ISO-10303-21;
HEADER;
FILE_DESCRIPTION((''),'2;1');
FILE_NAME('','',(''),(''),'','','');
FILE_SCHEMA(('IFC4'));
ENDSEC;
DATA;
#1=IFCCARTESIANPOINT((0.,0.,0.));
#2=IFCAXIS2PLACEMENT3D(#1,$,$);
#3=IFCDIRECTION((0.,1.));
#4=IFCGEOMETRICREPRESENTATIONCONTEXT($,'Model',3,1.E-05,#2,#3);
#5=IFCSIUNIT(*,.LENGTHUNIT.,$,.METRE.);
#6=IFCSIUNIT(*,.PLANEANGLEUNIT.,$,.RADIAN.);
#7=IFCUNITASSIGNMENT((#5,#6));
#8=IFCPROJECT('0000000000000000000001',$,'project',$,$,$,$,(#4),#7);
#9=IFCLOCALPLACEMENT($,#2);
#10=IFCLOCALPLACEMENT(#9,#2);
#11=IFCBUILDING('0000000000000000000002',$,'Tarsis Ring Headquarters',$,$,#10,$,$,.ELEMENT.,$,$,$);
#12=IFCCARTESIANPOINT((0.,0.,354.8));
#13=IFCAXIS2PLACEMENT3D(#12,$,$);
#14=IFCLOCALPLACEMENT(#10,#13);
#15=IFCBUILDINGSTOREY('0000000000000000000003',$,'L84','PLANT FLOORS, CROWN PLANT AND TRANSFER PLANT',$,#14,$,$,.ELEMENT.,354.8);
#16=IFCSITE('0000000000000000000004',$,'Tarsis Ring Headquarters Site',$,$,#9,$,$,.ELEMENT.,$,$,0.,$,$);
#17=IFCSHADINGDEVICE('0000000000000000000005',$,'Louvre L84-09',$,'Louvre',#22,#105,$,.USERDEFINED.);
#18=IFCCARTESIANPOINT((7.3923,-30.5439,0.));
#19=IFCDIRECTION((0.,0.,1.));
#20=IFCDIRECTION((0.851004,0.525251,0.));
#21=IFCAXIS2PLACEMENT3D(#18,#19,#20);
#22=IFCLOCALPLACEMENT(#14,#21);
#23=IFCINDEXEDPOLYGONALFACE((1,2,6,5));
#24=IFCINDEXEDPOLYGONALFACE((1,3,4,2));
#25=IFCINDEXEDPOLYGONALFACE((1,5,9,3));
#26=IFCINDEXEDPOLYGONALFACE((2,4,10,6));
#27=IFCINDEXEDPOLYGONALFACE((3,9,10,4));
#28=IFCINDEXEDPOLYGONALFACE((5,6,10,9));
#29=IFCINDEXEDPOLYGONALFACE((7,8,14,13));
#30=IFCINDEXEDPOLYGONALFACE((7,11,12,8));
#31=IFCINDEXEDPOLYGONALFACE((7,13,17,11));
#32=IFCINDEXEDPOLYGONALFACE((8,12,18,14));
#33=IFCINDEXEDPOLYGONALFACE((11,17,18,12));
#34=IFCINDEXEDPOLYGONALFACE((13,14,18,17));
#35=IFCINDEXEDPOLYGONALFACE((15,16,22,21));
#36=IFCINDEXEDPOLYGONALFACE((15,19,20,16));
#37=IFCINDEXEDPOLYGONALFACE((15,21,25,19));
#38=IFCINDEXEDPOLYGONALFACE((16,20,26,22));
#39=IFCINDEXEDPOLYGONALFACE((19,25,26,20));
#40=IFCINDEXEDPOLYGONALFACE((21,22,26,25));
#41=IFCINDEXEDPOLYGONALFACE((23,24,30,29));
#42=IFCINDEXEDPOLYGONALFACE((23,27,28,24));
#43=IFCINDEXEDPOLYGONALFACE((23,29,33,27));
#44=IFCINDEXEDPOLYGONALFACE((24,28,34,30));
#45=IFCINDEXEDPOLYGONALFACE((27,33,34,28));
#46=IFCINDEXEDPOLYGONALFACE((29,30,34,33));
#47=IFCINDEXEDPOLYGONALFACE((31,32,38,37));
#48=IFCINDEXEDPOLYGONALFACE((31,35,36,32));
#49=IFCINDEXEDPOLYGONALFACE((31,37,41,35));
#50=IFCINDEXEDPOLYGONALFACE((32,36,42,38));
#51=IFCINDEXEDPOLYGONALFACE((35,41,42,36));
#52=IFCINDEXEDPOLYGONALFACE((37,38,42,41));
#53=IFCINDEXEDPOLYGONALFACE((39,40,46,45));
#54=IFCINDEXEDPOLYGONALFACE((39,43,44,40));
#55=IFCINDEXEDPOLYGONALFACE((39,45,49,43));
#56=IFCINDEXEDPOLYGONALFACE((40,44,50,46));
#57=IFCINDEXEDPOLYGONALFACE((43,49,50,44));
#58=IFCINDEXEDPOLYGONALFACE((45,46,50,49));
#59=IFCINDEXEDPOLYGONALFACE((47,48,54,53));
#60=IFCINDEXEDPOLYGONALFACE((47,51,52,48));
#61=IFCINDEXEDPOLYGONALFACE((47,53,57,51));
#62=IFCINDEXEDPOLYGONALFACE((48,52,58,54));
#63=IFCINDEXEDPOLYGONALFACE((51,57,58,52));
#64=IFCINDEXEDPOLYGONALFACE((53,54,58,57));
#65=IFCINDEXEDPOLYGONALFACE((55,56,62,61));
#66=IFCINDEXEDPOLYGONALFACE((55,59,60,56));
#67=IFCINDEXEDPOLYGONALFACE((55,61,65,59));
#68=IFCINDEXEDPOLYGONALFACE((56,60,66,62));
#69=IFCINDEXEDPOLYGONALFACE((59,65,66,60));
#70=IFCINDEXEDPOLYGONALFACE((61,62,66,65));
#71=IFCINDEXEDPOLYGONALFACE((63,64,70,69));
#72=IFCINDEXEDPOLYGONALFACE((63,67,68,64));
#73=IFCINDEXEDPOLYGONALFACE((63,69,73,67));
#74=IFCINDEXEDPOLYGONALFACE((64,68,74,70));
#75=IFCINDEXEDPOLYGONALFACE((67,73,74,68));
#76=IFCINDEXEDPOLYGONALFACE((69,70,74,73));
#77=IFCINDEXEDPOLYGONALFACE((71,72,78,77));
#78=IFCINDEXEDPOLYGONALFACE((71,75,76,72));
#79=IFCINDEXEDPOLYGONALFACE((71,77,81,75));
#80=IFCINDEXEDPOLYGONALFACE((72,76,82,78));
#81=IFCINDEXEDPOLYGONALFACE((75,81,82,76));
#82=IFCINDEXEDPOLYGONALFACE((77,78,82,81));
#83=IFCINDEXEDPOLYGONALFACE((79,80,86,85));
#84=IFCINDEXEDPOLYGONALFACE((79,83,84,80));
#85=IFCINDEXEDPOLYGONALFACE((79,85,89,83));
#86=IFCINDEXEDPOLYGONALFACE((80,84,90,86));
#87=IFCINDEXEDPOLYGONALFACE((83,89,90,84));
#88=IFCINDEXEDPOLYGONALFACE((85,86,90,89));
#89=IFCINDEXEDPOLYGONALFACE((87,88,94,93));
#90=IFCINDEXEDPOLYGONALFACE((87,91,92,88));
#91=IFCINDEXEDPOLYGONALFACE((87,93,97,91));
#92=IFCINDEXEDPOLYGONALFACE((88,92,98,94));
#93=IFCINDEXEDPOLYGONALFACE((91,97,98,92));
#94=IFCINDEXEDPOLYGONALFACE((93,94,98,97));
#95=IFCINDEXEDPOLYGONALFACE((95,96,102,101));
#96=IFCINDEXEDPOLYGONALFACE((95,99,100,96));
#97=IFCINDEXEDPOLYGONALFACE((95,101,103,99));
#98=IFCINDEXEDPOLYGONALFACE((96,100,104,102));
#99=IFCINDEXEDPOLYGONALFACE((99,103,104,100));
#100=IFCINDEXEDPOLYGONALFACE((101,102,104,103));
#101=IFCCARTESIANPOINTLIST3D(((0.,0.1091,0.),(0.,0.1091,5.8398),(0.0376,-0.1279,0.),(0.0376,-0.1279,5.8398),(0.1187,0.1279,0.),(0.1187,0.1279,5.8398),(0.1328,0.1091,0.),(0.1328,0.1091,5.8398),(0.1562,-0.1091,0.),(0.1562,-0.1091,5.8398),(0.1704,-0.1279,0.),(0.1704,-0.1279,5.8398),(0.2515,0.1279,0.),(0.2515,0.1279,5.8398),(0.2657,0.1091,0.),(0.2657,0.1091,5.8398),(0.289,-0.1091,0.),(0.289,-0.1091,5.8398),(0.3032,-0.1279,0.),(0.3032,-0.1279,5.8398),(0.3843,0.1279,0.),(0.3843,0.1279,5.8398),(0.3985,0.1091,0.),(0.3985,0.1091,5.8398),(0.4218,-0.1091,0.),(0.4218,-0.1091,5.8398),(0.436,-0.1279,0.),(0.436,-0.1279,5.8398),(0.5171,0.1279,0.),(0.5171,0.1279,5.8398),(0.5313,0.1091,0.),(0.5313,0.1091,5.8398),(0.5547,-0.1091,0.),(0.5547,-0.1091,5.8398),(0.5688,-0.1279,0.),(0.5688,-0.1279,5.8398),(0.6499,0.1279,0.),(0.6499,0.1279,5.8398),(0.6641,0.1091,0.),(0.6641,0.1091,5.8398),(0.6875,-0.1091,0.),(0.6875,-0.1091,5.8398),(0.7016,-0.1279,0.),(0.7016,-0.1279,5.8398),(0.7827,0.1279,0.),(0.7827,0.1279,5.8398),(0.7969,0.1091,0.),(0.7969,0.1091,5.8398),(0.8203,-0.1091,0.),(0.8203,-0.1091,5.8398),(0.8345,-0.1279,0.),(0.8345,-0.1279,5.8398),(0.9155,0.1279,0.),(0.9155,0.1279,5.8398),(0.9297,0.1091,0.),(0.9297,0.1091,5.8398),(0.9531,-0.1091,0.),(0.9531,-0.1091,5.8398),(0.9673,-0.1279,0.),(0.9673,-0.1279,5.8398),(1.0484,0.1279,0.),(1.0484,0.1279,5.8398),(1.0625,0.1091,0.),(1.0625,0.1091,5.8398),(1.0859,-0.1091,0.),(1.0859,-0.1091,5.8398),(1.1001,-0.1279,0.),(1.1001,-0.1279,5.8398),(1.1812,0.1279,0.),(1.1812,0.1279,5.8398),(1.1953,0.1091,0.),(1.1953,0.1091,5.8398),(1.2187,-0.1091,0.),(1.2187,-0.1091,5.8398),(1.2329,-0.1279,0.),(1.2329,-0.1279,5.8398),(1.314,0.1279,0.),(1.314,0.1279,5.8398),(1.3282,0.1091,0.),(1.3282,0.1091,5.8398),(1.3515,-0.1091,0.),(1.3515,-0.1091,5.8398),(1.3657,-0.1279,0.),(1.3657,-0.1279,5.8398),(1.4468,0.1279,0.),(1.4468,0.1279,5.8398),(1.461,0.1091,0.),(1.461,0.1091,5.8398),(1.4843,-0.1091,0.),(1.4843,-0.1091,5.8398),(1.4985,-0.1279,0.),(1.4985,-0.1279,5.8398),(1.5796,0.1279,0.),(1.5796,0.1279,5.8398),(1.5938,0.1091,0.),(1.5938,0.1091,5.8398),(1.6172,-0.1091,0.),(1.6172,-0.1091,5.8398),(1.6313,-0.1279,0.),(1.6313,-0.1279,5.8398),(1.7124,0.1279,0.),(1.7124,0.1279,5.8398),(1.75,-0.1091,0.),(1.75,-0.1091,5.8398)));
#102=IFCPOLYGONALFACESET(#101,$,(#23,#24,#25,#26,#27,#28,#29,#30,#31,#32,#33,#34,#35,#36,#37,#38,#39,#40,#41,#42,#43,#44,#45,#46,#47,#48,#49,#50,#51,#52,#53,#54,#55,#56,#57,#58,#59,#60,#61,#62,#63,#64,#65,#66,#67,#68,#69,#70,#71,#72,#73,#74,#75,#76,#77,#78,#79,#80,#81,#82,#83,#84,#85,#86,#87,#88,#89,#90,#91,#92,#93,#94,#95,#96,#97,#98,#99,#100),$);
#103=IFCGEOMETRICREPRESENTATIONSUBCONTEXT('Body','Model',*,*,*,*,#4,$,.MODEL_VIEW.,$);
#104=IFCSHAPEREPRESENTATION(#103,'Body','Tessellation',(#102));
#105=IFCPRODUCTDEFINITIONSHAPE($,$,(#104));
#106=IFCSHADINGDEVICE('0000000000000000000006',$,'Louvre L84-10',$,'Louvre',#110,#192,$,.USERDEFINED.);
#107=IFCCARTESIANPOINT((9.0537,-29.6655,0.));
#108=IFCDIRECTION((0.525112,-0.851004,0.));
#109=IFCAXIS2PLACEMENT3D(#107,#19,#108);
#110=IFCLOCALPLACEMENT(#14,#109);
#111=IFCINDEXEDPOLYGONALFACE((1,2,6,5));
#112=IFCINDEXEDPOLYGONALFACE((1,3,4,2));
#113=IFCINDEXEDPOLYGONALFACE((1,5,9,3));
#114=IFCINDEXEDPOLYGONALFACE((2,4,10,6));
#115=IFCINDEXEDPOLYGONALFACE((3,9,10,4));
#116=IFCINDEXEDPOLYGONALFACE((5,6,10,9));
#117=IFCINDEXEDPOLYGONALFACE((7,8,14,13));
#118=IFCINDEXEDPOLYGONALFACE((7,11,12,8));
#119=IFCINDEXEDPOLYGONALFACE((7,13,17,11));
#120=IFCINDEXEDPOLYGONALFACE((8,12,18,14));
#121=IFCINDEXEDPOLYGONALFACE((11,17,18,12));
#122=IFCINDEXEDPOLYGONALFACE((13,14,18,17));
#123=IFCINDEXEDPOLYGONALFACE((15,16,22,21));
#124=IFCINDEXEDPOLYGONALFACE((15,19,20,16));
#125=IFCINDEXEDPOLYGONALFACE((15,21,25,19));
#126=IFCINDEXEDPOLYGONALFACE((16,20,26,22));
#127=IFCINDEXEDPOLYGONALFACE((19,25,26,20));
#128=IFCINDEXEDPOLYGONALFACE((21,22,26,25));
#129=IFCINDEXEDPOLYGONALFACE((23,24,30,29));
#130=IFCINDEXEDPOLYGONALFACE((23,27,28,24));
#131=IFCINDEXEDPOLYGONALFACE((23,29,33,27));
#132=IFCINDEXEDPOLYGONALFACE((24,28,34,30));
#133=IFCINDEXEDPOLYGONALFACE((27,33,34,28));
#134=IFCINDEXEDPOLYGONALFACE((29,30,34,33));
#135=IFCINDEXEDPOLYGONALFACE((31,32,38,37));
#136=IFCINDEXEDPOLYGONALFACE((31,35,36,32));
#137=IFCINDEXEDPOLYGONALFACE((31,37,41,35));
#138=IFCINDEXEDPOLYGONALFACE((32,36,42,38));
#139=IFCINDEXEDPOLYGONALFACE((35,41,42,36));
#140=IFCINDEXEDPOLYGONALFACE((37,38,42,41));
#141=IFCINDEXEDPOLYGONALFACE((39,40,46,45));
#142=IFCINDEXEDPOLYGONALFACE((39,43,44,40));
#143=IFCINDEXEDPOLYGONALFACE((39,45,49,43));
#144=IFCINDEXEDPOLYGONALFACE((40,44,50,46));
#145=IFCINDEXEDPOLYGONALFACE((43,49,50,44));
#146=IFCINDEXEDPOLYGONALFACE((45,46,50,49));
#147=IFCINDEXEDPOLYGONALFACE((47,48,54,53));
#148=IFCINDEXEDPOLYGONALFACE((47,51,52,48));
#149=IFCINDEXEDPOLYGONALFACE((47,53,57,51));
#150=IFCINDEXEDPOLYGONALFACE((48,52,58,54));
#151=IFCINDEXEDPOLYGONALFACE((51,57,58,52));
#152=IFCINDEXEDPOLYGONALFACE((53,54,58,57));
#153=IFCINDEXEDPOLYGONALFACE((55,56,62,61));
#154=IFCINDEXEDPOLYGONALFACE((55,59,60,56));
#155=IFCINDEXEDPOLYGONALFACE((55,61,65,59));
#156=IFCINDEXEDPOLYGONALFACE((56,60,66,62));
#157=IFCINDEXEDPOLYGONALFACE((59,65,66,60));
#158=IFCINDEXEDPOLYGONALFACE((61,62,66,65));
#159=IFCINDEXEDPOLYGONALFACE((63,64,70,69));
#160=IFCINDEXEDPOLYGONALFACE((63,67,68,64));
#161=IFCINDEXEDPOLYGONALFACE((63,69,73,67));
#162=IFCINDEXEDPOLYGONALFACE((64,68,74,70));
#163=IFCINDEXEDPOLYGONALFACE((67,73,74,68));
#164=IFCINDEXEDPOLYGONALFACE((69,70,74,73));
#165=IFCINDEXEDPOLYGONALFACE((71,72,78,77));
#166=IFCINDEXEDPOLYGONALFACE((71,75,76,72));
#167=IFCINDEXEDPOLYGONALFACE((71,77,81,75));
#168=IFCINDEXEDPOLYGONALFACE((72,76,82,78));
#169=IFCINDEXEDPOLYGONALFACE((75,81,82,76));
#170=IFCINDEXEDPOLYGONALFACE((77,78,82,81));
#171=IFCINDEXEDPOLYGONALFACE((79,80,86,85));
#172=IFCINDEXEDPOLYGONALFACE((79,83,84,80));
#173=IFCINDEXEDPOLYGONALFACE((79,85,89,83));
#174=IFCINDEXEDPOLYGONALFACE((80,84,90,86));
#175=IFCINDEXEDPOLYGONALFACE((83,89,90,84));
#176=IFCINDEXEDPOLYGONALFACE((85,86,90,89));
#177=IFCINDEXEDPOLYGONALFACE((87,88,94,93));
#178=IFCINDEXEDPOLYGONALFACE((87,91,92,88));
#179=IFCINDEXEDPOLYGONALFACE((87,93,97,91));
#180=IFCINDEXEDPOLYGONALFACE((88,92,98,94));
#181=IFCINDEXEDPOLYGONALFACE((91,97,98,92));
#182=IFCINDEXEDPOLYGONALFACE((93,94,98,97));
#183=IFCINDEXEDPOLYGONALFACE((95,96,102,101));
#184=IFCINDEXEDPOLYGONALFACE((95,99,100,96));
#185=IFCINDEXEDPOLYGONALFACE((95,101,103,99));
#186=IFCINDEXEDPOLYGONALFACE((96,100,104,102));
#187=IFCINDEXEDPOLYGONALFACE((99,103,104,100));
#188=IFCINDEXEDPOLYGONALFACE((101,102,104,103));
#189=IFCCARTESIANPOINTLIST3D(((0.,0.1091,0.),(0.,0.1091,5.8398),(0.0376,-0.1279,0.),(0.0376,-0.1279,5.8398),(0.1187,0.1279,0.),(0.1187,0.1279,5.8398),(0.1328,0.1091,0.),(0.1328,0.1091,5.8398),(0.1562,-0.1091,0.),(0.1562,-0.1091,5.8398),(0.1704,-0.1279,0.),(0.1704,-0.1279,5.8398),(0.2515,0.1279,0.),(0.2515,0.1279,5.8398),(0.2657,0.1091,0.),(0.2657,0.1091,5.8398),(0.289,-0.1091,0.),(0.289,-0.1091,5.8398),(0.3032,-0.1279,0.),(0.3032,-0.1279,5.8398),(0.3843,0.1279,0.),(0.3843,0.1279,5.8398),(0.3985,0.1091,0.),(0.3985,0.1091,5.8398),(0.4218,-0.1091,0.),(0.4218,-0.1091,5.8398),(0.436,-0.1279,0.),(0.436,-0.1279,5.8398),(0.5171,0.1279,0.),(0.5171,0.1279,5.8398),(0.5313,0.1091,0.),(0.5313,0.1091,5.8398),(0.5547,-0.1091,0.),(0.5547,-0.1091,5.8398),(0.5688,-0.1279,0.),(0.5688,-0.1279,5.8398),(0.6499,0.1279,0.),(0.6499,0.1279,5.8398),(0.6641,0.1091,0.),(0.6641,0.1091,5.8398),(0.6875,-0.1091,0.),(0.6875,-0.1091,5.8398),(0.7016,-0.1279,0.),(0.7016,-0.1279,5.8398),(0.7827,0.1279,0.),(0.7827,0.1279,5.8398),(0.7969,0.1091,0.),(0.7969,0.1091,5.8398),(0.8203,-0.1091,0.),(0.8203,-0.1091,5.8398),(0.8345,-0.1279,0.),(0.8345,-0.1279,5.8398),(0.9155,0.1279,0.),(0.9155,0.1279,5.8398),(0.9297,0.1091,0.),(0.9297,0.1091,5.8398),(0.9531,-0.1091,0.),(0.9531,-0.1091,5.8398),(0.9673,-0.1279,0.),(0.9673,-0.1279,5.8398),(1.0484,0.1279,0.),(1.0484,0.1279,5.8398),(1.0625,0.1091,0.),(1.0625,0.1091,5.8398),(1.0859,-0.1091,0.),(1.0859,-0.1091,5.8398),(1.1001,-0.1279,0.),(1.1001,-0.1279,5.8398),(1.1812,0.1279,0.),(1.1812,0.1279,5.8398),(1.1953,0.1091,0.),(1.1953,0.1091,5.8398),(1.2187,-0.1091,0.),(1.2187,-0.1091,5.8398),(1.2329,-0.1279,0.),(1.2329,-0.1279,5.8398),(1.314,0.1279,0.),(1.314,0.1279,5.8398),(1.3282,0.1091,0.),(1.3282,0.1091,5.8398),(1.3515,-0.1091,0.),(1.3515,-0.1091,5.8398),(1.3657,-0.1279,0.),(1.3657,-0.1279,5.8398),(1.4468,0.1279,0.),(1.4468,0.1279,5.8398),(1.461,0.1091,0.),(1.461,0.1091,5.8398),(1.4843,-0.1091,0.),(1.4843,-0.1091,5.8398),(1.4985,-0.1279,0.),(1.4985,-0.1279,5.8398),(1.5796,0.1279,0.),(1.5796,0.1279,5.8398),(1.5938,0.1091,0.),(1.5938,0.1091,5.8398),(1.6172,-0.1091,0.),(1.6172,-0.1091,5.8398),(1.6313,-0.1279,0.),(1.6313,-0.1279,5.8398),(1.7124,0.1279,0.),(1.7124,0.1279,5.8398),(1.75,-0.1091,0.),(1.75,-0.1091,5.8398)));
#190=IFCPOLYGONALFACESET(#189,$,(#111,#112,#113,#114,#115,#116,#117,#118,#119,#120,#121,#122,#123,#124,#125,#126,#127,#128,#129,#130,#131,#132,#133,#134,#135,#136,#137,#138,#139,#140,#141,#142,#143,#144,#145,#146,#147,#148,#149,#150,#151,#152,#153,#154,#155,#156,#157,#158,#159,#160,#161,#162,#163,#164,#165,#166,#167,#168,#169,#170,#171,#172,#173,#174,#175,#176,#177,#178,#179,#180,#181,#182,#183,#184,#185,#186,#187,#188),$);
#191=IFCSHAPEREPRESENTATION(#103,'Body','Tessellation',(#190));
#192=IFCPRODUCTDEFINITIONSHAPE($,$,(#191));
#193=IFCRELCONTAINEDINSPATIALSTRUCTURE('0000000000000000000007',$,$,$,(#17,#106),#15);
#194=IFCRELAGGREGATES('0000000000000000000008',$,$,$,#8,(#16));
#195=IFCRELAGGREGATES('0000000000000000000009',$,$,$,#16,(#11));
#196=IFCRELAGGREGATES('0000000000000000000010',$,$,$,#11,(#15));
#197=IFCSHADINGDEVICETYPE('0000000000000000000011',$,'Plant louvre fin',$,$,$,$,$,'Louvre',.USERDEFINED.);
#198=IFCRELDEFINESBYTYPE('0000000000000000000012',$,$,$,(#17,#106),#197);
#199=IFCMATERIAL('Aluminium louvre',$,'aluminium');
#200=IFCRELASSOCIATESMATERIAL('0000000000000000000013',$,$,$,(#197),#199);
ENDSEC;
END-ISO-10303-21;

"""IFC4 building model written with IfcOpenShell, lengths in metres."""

from ifc_helpers import new_model, si_unit, direction, frame, frame_2d, origin, place, context, subcontext, project, spatial, rectangle, composite_profile, extrude, material, type_object, element, save


model = new_model("IFC4")

# Units and contexts
model_context = context("Model", 3, precision=1e-05, world=origin(), true_north=direction((0.0, 1.0)))
body_context = subcontext(model_context, "Body", "Model", "MODEL_VIEW")
ifc_project = project(units=[si_unit("LENGTHUNIT", "METRE"), si_unit("PLANEANGLEUNIT", "RADIAN")], contexts=[model_context])

# Site, building, storey
site_placement = place(None, origin())
site = spatial("IfcSite", under=ifc_project, at=site_placement, Name="Tarsis Ring Headquarters Site", CompositionType="ELEMENT", RefElevation=0.0)
building_placement = place(site_placement, origin())
building = spatial("IfcBuilding", under=site, at=building_placement, Name="Tarsis Ring Headquarters", CompositionType="ELEMENT")
storey_placement = place(building_placement, frame((0.0, 0.0, 354.8)))
storey = spatial("IfcBuildingStorey", under=building, at=storey_placement, Name="L84", Description="PLANT FLOORS, CROWN PLANT AND TRANSFER PLANT", CompositionType="ELEMENT", Elevation=354.8)

# Shading devices
ifc_material_1 = material(Name="Aluminium louvre", Category="aluminium")
shading_device_type_1 = type_object("IfcShadingDeviceType", Name="Plant louvre fin", ElementType="Louvre", PredefinedType="USERDEFINED", material=ifc_material_1)
for number, where, z_axis, x_axis, name in (
    (1, (7.3923, -30.5439, 0.0), (0.0, 0.0, 1.0), (0.851004, 0.525251, 0.0), "Louvre L84-09"),
    (2, (9.0537, -29.6655, 0.0), (0.0, 0.0, 1.0), (0.525112, -0.851004, 0.0), "Louvre L84-10"),
):
    element("IfcShadingDevice", number, at=place(storey_placement, frame(where, z_axis=z_axis, x_axis=x_axis)), inside=storey, type_object=shading_device_type_1, Name=name, ObjectType="Louvre", PredefinedType="USERDEFINED", context=body_context, shape_type="SweptSolid", body=[
        extrude(composite_profile([rectangle(XDim=0.1201, YDim=0.24, at=frame_2d((0.0781, 0.0), x_axis=(0.987688, 0.156434))), rectangle(XDim=0.1201, YDim=0.24, at=frame_2d((0.2109, 0.0), x_axis=(0.987688, 0.156434))), rectangle(XDim=0.1201, YDim=0.24, at=frame_2d((0.3438, 0.0), x_axis=(0.987688, 0.156434))), rectangle(XDim=0.1201, YDim=0.24, at=frame_2d((0.4766, 0.0), x_axis=(0.987688, 0.156434))), rectangle(XDim=0.1201, YDim=0.24, at=frame_2d((0.6094, 0.0), x_axis=(0.987688, 0.156434))), rectangle(XDim=0.1201, YDim=0.24, at=frame_2d((0.7422, 0.0), x_axis=(0.987688, 0.156434))), rectangle(XDim=0.1201, YDim=0.24, at=frame_2d((0.875, 0.0), x_axis=(0.987688, 0.156434))), rectangle(XDim=0.1201, YDim=0.24, at=frame_2d((1.0078, 0.0), x_axis=(0.987688, 0.156434))), rectangle(XDim=0.1201, YDim=0.24, at=frame_2d((1.1406, 0.0), x_axis=(0.987688, 0.156434))), rectangle(XDim=0.1201, YDim=0.24, at=frame_2d((1.2734, 0.0), x_axis=(0.987688, 0.156434))), rectangle(XDim=0.1201, YDim=0.24, at=frame_2d((1.4062, 0.0), x_axis=(0.987688, 0.156434))), rectangle(XDim=0.1201, YDim=0.24, at=frame_2d((1.5391, 0.0), x_axis=(0.987688, 0.156434))), rectangle(XDim=0.1201, YDim=0.24, at=frame_2d((1.6719, 0.0), x_axis=(0.987688, 0.156434)))]), origin(), (0.0, 0.0, 1.0), 5.8398),
    ])

save(model, "model.ifc")
